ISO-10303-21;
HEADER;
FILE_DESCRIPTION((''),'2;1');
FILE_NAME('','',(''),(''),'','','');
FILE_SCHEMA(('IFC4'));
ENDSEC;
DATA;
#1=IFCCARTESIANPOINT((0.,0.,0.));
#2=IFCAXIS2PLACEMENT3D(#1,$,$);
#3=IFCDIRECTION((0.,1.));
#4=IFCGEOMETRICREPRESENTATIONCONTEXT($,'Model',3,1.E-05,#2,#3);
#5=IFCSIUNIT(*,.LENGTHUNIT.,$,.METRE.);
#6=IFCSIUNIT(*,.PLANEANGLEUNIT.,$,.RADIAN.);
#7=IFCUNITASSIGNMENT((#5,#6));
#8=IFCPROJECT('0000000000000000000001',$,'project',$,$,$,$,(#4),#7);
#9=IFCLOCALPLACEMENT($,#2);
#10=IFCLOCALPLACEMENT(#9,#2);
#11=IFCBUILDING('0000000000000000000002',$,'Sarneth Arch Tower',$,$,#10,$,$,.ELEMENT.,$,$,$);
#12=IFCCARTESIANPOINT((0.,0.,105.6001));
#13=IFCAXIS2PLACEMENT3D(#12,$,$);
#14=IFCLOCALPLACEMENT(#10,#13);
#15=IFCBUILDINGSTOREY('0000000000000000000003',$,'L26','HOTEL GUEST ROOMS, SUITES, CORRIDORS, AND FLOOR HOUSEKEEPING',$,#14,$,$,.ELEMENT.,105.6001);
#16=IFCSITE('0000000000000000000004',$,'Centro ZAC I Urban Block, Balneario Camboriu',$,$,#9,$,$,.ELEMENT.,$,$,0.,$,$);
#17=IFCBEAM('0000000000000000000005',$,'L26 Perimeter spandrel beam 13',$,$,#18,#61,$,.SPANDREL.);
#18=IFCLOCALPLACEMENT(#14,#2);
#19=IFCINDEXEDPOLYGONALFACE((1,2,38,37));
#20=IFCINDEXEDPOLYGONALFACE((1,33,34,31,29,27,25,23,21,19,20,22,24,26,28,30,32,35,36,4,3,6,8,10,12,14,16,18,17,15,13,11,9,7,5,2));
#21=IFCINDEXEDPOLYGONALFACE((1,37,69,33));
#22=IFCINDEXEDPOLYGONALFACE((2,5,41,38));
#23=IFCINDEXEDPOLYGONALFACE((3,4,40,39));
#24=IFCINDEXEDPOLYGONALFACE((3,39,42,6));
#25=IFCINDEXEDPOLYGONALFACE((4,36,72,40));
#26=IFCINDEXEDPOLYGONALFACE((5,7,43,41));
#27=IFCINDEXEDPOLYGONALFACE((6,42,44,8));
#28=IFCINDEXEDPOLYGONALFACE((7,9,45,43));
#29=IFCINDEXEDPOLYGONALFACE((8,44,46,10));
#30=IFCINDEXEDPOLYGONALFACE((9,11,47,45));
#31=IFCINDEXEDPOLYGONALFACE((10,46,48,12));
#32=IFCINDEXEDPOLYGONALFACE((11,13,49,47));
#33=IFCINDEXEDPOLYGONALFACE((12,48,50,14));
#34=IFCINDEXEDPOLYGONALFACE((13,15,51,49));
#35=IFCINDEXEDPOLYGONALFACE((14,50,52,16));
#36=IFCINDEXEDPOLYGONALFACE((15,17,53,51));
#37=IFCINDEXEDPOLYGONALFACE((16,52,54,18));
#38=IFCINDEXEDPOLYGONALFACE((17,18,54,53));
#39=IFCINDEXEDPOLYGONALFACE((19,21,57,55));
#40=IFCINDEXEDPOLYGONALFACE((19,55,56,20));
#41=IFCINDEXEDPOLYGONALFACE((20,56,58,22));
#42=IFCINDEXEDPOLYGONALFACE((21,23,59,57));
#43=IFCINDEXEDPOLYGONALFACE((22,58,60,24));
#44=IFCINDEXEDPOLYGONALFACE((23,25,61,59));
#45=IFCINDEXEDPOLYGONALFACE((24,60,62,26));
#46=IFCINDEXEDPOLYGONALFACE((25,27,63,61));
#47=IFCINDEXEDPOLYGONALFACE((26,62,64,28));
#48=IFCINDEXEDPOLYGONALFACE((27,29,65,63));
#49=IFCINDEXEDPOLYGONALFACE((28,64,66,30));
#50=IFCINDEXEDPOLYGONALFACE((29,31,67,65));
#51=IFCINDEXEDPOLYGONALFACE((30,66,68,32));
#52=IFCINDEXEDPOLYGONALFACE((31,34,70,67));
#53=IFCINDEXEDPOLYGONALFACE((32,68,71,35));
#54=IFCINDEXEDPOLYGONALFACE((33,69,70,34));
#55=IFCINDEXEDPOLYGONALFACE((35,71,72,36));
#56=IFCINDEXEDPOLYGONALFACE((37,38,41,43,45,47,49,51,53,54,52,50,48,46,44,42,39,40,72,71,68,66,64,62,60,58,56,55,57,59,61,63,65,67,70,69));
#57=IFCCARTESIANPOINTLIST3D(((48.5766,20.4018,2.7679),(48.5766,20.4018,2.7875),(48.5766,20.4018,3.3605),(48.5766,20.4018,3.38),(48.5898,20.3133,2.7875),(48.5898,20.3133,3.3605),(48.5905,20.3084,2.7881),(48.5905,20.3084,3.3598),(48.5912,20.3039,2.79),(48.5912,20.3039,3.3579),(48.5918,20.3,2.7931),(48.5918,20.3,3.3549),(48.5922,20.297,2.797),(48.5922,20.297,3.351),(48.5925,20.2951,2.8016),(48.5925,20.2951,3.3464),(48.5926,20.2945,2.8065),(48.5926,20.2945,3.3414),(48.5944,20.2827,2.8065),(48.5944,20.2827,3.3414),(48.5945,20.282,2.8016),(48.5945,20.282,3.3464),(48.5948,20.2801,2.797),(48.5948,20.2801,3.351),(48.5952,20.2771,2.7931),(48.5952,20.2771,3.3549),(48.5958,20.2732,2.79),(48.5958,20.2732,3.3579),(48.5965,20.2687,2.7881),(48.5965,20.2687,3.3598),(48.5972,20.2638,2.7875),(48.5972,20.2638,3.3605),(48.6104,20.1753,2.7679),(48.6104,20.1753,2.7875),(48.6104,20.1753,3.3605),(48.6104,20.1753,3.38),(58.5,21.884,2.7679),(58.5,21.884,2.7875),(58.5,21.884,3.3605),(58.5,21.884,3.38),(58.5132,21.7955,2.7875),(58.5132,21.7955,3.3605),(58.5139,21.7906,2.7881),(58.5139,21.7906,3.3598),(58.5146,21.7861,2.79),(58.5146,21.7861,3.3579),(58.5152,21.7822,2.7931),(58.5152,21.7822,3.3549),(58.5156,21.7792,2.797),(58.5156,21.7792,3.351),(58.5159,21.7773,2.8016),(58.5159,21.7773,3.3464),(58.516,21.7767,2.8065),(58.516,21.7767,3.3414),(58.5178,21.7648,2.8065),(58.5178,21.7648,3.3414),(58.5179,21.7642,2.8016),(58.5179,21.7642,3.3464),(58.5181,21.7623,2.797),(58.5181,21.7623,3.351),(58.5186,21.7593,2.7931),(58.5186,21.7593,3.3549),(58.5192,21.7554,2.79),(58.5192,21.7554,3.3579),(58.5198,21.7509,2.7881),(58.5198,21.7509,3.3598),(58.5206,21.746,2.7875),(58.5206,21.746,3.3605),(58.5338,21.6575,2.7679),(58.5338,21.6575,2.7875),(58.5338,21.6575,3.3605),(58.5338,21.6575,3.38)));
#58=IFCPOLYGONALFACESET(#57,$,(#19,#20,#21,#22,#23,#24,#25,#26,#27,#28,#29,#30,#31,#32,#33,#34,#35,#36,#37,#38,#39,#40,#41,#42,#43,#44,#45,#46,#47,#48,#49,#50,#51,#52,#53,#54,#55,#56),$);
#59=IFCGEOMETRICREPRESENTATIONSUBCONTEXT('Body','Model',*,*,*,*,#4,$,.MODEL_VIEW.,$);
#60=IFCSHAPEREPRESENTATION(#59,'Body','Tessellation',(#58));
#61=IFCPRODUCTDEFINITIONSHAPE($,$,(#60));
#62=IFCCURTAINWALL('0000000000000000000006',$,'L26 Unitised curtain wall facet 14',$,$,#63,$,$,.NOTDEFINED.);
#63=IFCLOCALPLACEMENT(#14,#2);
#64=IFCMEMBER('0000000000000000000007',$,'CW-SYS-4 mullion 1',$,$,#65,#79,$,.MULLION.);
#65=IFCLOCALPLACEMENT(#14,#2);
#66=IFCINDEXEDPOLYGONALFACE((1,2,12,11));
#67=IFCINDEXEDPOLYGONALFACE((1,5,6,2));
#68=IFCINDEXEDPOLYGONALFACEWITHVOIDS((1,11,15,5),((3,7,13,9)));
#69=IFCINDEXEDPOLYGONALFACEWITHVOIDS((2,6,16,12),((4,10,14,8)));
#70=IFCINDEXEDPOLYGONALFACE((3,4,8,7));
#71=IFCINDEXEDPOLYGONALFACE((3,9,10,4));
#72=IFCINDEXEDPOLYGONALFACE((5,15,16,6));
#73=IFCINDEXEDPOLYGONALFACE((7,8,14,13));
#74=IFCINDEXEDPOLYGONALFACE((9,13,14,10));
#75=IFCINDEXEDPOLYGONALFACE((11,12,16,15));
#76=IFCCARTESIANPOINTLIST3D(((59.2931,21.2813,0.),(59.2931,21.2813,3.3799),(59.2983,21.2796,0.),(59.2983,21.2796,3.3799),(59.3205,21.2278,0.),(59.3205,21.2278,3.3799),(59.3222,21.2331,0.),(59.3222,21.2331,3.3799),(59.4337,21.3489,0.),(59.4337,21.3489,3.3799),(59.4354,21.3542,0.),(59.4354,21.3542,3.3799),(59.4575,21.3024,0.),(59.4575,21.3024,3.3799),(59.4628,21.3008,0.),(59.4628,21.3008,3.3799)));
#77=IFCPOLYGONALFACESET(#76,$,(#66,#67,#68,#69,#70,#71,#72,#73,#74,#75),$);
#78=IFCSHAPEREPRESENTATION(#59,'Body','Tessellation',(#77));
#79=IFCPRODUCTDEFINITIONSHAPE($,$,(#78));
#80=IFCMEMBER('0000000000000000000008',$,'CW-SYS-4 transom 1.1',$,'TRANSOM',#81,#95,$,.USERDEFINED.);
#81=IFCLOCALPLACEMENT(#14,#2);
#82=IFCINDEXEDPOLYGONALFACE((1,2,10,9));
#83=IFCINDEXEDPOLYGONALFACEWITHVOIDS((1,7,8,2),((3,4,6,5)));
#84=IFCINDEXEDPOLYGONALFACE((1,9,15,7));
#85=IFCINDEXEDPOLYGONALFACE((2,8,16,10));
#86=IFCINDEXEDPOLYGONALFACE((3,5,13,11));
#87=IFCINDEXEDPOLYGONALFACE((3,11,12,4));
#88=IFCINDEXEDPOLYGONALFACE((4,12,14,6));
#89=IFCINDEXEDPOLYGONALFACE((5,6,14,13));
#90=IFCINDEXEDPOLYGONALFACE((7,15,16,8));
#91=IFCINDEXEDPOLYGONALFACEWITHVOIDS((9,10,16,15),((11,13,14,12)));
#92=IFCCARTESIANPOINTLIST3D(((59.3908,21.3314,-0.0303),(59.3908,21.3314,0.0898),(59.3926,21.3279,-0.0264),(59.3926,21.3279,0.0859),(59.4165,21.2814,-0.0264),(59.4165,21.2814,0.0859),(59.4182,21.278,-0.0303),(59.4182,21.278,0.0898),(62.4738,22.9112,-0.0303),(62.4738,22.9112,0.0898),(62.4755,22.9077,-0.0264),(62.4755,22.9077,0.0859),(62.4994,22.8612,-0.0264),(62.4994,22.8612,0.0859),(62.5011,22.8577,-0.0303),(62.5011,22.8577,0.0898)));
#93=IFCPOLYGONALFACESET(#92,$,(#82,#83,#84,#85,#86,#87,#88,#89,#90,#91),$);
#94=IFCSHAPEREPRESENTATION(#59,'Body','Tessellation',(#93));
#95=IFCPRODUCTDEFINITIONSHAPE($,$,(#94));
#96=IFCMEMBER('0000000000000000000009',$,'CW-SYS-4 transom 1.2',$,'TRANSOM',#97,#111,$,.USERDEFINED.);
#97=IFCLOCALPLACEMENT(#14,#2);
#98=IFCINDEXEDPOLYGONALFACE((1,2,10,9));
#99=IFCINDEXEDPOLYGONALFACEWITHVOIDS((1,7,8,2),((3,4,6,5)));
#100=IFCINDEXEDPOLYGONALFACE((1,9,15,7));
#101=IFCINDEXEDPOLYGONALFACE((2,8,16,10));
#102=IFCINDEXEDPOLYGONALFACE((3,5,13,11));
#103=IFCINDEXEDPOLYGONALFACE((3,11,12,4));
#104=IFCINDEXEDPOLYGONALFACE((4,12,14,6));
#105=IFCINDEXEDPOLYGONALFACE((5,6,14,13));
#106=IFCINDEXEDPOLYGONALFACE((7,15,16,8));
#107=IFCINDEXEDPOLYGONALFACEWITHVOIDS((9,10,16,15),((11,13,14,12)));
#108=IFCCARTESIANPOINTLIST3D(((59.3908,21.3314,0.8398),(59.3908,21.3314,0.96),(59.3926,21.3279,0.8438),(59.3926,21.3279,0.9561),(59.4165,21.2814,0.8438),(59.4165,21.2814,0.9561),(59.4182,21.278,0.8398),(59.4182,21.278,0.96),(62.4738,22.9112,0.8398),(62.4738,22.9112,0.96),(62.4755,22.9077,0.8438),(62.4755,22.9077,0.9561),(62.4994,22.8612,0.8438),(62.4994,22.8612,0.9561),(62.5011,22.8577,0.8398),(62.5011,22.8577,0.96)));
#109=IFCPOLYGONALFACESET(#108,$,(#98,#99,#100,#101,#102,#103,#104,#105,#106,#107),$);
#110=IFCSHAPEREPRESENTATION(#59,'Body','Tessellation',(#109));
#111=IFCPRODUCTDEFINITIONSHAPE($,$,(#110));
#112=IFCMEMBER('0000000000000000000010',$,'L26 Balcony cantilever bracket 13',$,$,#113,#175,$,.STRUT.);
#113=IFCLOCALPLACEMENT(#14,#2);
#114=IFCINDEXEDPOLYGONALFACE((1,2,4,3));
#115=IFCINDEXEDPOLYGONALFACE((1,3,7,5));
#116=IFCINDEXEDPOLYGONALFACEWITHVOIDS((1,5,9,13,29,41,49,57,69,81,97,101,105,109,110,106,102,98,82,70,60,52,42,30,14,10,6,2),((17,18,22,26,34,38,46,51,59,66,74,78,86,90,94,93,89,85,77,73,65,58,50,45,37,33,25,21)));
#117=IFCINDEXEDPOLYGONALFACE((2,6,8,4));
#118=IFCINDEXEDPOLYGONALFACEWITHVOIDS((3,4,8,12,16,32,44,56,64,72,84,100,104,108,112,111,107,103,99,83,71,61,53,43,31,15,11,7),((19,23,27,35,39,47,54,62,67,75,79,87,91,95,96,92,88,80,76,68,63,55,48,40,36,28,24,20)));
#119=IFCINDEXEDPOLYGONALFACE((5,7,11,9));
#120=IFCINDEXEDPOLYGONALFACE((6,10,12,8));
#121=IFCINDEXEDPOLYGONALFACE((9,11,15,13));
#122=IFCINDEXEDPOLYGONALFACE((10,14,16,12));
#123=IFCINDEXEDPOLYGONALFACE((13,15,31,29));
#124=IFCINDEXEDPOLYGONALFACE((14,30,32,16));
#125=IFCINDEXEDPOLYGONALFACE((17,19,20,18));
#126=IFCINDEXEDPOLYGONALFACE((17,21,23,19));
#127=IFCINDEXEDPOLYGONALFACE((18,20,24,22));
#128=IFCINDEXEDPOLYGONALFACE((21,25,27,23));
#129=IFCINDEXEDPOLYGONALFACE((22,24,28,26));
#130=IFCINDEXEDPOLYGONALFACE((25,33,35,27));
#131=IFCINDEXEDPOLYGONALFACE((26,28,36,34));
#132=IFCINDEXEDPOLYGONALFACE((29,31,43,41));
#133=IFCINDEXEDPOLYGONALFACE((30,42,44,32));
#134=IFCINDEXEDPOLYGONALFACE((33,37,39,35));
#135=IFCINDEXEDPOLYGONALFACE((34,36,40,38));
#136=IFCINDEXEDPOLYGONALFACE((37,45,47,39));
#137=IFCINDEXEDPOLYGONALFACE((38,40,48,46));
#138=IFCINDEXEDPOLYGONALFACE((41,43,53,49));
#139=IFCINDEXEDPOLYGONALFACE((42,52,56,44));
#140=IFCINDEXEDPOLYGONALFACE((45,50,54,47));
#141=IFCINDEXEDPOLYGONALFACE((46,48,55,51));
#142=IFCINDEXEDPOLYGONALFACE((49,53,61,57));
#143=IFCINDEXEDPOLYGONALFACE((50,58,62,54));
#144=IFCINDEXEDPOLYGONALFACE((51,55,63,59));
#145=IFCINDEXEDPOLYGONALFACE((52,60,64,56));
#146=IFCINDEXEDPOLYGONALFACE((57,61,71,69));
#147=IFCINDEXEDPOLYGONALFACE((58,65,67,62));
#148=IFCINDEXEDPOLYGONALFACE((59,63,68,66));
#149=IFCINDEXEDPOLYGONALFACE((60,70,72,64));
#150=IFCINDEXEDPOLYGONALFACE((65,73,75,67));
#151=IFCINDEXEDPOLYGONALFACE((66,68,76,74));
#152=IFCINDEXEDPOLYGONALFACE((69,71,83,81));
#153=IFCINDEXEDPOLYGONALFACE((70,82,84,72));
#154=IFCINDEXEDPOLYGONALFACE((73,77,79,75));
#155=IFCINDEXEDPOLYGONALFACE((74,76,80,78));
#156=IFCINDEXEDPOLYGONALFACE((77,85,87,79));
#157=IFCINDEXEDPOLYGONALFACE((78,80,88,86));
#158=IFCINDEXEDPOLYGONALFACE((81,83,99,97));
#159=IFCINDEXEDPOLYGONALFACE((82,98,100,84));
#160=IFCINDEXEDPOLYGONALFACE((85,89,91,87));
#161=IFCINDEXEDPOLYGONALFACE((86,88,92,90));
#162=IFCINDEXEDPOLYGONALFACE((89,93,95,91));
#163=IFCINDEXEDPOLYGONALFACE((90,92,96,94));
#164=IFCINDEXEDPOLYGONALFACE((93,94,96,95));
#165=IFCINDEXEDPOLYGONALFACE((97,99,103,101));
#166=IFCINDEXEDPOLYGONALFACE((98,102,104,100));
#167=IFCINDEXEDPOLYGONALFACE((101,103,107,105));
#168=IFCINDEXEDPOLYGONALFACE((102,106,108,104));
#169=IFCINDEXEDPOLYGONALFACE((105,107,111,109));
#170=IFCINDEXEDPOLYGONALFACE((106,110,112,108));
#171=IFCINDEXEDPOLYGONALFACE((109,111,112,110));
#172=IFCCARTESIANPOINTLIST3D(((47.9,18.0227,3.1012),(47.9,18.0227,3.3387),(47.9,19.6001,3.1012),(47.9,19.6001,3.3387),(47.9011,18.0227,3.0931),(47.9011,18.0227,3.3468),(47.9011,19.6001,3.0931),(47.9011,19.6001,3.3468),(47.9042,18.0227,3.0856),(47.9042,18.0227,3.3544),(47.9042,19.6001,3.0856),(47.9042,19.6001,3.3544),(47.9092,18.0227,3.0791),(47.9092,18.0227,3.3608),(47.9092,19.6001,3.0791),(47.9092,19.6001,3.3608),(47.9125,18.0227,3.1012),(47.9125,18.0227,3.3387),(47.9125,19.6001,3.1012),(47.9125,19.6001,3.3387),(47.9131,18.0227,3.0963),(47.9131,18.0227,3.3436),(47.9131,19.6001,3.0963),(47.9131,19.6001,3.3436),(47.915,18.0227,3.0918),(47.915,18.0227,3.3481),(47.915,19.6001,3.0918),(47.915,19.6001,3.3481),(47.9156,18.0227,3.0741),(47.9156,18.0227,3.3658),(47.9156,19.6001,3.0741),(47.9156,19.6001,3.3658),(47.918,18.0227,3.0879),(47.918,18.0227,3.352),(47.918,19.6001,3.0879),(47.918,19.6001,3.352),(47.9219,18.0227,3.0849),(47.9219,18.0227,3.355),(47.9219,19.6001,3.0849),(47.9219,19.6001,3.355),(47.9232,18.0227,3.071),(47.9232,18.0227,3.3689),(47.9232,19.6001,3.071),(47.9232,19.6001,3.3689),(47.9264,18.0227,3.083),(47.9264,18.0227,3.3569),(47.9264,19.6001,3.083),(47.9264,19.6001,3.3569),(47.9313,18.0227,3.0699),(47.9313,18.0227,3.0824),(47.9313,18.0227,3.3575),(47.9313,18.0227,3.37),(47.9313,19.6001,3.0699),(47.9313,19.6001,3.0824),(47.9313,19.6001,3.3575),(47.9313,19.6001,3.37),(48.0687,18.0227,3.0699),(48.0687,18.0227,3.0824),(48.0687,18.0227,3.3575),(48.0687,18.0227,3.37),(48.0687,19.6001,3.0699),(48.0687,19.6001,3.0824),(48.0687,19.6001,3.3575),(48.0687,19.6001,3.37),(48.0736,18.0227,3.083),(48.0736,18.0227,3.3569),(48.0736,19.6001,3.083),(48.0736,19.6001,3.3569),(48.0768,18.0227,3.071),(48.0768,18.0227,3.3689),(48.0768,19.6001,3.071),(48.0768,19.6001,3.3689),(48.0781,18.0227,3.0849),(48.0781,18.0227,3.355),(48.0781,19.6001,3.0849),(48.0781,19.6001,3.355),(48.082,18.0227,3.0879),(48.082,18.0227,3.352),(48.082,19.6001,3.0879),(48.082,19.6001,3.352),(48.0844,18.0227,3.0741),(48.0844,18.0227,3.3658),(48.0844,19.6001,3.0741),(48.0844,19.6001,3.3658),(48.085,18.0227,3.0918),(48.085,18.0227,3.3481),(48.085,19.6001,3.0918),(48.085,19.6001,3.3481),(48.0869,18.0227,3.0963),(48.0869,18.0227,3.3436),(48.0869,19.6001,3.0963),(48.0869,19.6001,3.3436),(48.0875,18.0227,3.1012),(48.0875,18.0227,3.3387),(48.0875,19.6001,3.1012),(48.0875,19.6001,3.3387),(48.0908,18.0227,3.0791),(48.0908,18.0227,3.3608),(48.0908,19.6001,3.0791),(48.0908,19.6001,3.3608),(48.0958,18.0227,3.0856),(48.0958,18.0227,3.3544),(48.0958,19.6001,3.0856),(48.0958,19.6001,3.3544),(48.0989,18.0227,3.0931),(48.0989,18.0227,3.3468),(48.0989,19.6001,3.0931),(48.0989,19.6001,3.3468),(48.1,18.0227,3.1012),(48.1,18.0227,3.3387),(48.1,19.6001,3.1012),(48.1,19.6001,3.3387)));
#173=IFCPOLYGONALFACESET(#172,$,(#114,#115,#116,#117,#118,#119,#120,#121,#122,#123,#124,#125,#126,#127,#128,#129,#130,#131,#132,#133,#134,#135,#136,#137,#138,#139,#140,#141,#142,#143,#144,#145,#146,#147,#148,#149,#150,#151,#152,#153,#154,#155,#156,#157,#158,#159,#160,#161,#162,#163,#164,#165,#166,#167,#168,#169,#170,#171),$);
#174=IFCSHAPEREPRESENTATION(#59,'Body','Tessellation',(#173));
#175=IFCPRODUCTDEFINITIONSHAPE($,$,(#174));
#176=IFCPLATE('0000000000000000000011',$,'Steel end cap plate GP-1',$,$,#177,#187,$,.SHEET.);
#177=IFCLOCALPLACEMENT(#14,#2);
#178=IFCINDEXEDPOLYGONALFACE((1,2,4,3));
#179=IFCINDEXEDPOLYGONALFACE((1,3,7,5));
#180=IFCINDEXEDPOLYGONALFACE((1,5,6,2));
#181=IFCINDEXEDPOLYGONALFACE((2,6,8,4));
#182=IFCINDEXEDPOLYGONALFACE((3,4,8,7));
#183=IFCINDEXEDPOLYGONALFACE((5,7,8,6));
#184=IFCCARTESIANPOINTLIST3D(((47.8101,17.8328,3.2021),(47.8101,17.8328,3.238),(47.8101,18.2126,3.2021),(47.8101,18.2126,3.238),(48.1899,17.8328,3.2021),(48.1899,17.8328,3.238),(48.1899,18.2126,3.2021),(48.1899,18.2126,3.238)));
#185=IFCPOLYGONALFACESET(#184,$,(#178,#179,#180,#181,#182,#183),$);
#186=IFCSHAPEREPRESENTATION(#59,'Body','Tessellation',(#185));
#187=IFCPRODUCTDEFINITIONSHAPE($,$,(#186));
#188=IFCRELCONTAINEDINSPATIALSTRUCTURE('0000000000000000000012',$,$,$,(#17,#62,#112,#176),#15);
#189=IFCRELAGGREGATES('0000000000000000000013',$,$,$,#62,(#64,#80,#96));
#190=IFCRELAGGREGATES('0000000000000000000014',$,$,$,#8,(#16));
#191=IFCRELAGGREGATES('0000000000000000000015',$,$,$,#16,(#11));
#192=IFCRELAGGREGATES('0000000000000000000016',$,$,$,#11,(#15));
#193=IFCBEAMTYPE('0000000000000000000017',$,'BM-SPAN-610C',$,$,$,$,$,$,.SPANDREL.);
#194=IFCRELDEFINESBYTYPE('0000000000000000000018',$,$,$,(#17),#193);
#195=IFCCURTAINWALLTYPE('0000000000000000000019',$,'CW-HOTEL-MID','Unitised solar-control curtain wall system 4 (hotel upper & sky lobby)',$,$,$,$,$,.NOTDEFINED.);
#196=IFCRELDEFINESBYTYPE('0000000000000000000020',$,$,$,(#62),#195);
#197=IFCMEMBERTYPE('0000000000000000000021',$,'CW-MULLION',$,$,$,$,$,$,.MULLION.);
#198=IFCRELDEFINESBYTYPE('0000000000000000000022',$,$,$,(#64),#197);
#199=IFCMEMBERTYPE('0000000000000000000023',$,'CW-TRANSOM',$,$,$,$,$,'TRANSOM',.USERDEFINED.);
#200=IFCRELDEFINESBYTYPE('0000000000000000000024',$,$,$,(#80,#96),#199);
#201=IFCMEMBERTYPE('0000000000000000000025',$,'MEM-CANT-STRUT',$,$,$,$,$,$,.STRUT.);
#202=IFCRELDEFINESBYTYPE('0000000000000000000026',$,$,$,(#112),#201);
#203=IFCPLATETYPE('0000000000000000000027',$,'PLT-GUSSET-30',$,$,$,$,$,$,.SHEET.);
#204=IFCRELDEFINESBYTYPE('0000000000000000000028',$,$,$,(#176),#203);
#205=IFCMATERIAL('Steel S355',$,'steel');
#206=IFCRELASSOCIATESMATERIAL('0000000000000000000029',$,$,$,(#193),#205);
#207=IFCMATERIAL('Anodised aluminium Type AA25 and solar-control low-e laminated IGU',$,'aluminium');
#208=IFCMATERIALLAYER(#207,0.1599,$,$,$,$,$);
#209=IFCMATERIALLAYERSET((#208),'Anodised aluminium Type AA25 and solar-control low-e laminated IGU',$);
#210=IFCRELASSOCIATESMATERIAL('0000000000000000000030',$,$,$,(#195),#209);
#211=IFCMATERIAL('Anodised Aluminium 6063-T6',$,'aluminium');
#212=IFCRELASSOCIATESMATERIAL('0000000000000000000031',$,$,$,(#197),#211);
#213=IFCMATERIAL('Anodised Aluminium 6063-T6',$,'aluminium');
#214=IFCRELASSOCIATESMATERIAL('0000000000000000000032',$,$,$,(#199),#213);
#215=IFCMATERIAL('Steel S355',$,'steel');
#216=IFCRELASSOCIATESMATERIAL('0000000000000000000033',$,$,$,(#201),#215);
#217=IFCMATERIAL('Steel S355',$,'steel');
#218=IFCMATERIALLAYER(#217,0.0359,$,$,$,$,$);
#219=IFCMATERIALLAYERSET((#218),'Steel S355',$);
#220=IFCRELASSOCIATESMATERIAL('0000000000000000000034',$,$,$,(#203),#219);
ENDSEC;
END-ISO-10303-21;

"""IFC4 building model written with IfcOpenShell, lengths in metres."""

from ifc_helpers import new_model, si_unit, direction, frame, origin, origin_2d, place, context, subcontext, project, spatial, rectangle, hollow_rectangle, i_section, extrude, material, layer, layer_set, material_profile, profile_set, type_object, element, aggregate, save


model = new_model("IFC4")

# Units and contexts
model_context = context("Model", 3, precision=1e-05, world=origin(), true_north=direction((0.0, 1.0)))
body_context = subcontext(model_context, "Body", "Model", "MODEL_VIEW")
ifc_project = project(units=[si_unit("LENGTHUNIT", "METRE"), si_unit("PLANEANGLEUNIT", "RADIAN")], contexts=[model_context])

# Site, building, storey
site_placement = place(None, origin())
site = spatial("IfcSite", under=ifc_project, at=site_placement, Name="Centro ZAC I Urban Block, Balneario Camboriu", CompositionType="ELEMENT", RefElevation=0.0)
building_placement = place(site_placement, origin())
building = spatial("IfcBuilding", under=site, at=building_placement, Name="Sarneth Arch Tower", CompositionType="ELEMENT")
storey_placement = place(building_placement, frame((0.0, 0.0, 105.6001)))
storey = spatial("IfcBuildingStorey", under=building, at=storey_placement, Name="L26", Description="HOTEL GUEST ROOMS, SUITES, CORRIDORS, AND FLOOR HOUSEKEEPING", CompositionType="ELEMENT", Elevation=105.6001)

# Beam
ifc_material_1 = material(Name="Steel S355", Category="steel")
ifc_material_profile_1 = material_profile(ifc_material_1, i_section(OverallWidth=0.229, OverallDepth=0.6121, WebThickness=0.012, FlangeThickness=0.0195, FilletRadius=0.019, at=origin_2d()), Name="W610x125")
ifc_profile_set_1 = profile_set([ifc_material_profile_1], Name="Steel S355")
beam_type_1 = type_object("IfcBeamType", Name="BM-SPAN-610C", PredefinedType="SPANDREL", material=ifc_profile_set_1)
beam_1_placement = place(storey_placement, frame((48.5935, 20.2886, 3.074), z_axis=(0.989029, 0.147724, 0.0), x_axis=(-0.147724, 0.989029, 0.0)))
element("IfcBeam", 1, at=beam_1_placement, inside=storey, type_object=beam_type_1, Name="L26 Perimeter spandrel beam 13", PredefinedType="SPANDREL", context=body_context, shape_type="SweptSolid", body=[
    extrude(i_section(OverallWidth=0.229, OverallDepth=0.6121, WebThickness=0.012, FlangeThickness=0.0195, FilletRadius=0.019, at=origin_2d()), origin(), (0.0, 0.0, 1.0), 10.0334),
])

# Curtain wall, members
ifc_material_2 = material(Name="Anodised aluminium Type AA25 and solar-control low-e laminated IGU", Category="aluminium")
ifc_layer_1 = layer(ifc_material_2, 0.1599)
ifc_layer_set_1 = layer_set([ifc_layer_1], Name="Anodised aluminium Type AA25 and solar-control low-e laminated IGU")
curtain_wall_type = type_object("IfcCurtainWallType", Name="CW-HOTEL-MID", Description="Unitised solar-control curtain wall system 4 (hotel upper & sky lobby)", PredefinedType="NOTDEFINED", material=ifc_layer_set_1)
curtain_wall_placement = place(storey_placement, origin())
curtain_wall = element("IfcCurtainWall", 2, at=curtain_wall_placement, inside=storey, type_object=curtain_wall_type, Name="L26 Unitised curtain wall facet 14", PredefinedType="NOTDEFINED")
ifc_material_3 = material(Name="Anodised Aluminium 6063-T6", Category="aluminium")
ifc_material_profile_2 = material_profile(ifc_material_3, hollow_rectangle(XDim=0.0601, YDim=0.1599, WallThickness=0.0039, at=origin_2d()), Name="AL-MULL-160x60x4")
ifc_profile_set_2 = profile_set([ifc_material_profile_2], Name="Anodised Aluminium 6063-T6")
member_type_1 = type_object("IfcMemberType", Name="CW-MULLION", PredefinedType="MULLION", material=ifc_profile_set_2)
member_1_placement = place(storey_placement, frame((59.3779, 21.291, 0.0), z_axis=(0.0, 0.0, 1.0), x_axis=(-0.456031, 0.889964, 0.0)))
member_1 = element("IfcMember", 3, at=member_1_placement, type_object=member_type_1, Name="CW-SYS-4 mullion 1", PredefinedType="MULLION", context=body_context, shape_type="SweptSolid", body=[
    extrude(hollow_rectangle(XDim=0.0601, YDim=0.1599, WallThickness=0.0039, at=origin_2d()), origin(), (0.0, 0.0, 1.0), 3.3799),
])
ifc_material_4 = material(Name="Anodised Aluminium 6063-T6", Category="aluminium")
ifc_material_profile_3 = material_profile(ifc_material_4, hollow_rectangle(XDim=0.0601, YDim=0.1201, WallThickness=0.0039, at=origin_2d()), Name="AL-TRAN-120x60x4")
ifc_profile_set_3 = profile_set([ifc_material_profile_3], Name="Anodised Aluminium 6063-T6")
member_type_2 = type_object("IfcMemberType", Name="CW-TRANSOM", ElementType="TRANSOM", PredefinedType="USERDEFINED", material=ifc_profile_set_3)
member_2_placement = place(storey_placement, frame((59.4045, 21.3047, 0.0298), z_axis=(0.889958, 0.456043, 0.0), x_axis=(-0.456043, 0.889958, 0.0)))
member_2 = element("IfcMember", 4, at=member_2_placement, type_object=member_type_2, Name="CW-SYS-4 transom 1.1", ObjectType="TRANSOM", PredefinedType="USERDEFINED", context=body_context, shape_type="SweptSolid", body=[
    extrude(hollow_rectangle(XDim=0.0601, YDim=0.1201, WallThickness=0.0039, at=origin_2d()), origin(), (0.0, 0.0, 1.0), 3.4641),
])
member_3_placement = place(storey_placement, frame((59.4045, 21.3047, 0.8999), z_axis=(0.889958, 0.456043, 0.0), x_axis=(-0.456043, 0.889958, 0.0)))
member_3 = element("IfcMember", 5, at=member_3_placement, type_object=member_type_2, Name="CW-SYS-4 transom 1.2", ObjectType="TRANSOM", PredefinedType="USERDEFINED", context=body_context, shape_type="SweptSolid", body=[
    extrude(hollow_rectangle(XDim=0.0601, YDim=0.1201, WallThickness=0.0039, at=origin_2d()), origin(), (0.0, 0.0, 1.0), 3.4641),
])
aggregate(curtain_wall, [member_1, member_2, member_3])

# Member
ifc_material_5 = material(Name="Steel S355", Category="steel")
ifc_material_profile_4 = material_profile(ifc_material_5, hollow_rectangle(XDim=0.2, YDim=0.3, WallThickness=0.0125, InnerFilletRadius=0.0188, OuterFilletRadius=0.0312, at=origin_2d()), Name="RHS300x200x12.5")
ifc_profile_set_4 = profile_set([ifc_material_profile_4], Name="Steel S355")
member_type_3 = type_object("IfcMemberType", Name="MEM-CANT-STRUT", PredefinedType="STRUT", material=ifc_profile_set_4)
member_4_placement = place(storey_placement, frame((48.0, 19.6001, 3.22), z_axis=(0.0, -1.0, 0.0), x_axis=(1.0, 0.0, 0.0)))
element("IfcMember", 6, at=member_4_placement, inside=storey, type_object=member_type_3, Name="L26 Balcony cantilever bracket 13", PredefinedType="STRUT", context=body_context, shape_type="SweptSolid", body=[
    extrude(hollow_rectangle(XDim=0.2, YDim=0.3, WallThickness=0.0125, InnerFilletRadius=0.0188, OuterFilletRadius=0.0312, at=origin_2d()), origin(), (0.0, 0.0, 1.0), 1.5774),
])

# Plate
ifc_material_6 = material(Name="Steel S355", Category="steel")
ifc_layer_2 = layer(ifc_material_6, 0.0359)
ifc_layer_set_2 = layer_set([ifc_layer_2], Name="Steel S355")
plate_type = type_object("IfcPlateType", Name="PLT-GUSSET-30", PredefinedType="SHEET", material=ifc_layer_set_2)
plate_placement = place(storey_placement, frame((48.0, 18.0227, 3.2021), z_axis=(0.0, 0.0, 1.0), x_axis=(0.0, -1.0, 0.0)))
element("IfcPlate", 7, at=plate_placement, inside=storey, type_object=plate_type, Name="Steel end cap plate GP-1", PredefinedType="SHEET", context=body_context, shape_type="SweptSolid", body=[
    extrude(rectangle(XDim=0.3799, YDim=0.3799, at=origin_2d()), origin(), (0.0, 0.0, 1.0), 0.0359),
])

save(model, "model.ifc")
